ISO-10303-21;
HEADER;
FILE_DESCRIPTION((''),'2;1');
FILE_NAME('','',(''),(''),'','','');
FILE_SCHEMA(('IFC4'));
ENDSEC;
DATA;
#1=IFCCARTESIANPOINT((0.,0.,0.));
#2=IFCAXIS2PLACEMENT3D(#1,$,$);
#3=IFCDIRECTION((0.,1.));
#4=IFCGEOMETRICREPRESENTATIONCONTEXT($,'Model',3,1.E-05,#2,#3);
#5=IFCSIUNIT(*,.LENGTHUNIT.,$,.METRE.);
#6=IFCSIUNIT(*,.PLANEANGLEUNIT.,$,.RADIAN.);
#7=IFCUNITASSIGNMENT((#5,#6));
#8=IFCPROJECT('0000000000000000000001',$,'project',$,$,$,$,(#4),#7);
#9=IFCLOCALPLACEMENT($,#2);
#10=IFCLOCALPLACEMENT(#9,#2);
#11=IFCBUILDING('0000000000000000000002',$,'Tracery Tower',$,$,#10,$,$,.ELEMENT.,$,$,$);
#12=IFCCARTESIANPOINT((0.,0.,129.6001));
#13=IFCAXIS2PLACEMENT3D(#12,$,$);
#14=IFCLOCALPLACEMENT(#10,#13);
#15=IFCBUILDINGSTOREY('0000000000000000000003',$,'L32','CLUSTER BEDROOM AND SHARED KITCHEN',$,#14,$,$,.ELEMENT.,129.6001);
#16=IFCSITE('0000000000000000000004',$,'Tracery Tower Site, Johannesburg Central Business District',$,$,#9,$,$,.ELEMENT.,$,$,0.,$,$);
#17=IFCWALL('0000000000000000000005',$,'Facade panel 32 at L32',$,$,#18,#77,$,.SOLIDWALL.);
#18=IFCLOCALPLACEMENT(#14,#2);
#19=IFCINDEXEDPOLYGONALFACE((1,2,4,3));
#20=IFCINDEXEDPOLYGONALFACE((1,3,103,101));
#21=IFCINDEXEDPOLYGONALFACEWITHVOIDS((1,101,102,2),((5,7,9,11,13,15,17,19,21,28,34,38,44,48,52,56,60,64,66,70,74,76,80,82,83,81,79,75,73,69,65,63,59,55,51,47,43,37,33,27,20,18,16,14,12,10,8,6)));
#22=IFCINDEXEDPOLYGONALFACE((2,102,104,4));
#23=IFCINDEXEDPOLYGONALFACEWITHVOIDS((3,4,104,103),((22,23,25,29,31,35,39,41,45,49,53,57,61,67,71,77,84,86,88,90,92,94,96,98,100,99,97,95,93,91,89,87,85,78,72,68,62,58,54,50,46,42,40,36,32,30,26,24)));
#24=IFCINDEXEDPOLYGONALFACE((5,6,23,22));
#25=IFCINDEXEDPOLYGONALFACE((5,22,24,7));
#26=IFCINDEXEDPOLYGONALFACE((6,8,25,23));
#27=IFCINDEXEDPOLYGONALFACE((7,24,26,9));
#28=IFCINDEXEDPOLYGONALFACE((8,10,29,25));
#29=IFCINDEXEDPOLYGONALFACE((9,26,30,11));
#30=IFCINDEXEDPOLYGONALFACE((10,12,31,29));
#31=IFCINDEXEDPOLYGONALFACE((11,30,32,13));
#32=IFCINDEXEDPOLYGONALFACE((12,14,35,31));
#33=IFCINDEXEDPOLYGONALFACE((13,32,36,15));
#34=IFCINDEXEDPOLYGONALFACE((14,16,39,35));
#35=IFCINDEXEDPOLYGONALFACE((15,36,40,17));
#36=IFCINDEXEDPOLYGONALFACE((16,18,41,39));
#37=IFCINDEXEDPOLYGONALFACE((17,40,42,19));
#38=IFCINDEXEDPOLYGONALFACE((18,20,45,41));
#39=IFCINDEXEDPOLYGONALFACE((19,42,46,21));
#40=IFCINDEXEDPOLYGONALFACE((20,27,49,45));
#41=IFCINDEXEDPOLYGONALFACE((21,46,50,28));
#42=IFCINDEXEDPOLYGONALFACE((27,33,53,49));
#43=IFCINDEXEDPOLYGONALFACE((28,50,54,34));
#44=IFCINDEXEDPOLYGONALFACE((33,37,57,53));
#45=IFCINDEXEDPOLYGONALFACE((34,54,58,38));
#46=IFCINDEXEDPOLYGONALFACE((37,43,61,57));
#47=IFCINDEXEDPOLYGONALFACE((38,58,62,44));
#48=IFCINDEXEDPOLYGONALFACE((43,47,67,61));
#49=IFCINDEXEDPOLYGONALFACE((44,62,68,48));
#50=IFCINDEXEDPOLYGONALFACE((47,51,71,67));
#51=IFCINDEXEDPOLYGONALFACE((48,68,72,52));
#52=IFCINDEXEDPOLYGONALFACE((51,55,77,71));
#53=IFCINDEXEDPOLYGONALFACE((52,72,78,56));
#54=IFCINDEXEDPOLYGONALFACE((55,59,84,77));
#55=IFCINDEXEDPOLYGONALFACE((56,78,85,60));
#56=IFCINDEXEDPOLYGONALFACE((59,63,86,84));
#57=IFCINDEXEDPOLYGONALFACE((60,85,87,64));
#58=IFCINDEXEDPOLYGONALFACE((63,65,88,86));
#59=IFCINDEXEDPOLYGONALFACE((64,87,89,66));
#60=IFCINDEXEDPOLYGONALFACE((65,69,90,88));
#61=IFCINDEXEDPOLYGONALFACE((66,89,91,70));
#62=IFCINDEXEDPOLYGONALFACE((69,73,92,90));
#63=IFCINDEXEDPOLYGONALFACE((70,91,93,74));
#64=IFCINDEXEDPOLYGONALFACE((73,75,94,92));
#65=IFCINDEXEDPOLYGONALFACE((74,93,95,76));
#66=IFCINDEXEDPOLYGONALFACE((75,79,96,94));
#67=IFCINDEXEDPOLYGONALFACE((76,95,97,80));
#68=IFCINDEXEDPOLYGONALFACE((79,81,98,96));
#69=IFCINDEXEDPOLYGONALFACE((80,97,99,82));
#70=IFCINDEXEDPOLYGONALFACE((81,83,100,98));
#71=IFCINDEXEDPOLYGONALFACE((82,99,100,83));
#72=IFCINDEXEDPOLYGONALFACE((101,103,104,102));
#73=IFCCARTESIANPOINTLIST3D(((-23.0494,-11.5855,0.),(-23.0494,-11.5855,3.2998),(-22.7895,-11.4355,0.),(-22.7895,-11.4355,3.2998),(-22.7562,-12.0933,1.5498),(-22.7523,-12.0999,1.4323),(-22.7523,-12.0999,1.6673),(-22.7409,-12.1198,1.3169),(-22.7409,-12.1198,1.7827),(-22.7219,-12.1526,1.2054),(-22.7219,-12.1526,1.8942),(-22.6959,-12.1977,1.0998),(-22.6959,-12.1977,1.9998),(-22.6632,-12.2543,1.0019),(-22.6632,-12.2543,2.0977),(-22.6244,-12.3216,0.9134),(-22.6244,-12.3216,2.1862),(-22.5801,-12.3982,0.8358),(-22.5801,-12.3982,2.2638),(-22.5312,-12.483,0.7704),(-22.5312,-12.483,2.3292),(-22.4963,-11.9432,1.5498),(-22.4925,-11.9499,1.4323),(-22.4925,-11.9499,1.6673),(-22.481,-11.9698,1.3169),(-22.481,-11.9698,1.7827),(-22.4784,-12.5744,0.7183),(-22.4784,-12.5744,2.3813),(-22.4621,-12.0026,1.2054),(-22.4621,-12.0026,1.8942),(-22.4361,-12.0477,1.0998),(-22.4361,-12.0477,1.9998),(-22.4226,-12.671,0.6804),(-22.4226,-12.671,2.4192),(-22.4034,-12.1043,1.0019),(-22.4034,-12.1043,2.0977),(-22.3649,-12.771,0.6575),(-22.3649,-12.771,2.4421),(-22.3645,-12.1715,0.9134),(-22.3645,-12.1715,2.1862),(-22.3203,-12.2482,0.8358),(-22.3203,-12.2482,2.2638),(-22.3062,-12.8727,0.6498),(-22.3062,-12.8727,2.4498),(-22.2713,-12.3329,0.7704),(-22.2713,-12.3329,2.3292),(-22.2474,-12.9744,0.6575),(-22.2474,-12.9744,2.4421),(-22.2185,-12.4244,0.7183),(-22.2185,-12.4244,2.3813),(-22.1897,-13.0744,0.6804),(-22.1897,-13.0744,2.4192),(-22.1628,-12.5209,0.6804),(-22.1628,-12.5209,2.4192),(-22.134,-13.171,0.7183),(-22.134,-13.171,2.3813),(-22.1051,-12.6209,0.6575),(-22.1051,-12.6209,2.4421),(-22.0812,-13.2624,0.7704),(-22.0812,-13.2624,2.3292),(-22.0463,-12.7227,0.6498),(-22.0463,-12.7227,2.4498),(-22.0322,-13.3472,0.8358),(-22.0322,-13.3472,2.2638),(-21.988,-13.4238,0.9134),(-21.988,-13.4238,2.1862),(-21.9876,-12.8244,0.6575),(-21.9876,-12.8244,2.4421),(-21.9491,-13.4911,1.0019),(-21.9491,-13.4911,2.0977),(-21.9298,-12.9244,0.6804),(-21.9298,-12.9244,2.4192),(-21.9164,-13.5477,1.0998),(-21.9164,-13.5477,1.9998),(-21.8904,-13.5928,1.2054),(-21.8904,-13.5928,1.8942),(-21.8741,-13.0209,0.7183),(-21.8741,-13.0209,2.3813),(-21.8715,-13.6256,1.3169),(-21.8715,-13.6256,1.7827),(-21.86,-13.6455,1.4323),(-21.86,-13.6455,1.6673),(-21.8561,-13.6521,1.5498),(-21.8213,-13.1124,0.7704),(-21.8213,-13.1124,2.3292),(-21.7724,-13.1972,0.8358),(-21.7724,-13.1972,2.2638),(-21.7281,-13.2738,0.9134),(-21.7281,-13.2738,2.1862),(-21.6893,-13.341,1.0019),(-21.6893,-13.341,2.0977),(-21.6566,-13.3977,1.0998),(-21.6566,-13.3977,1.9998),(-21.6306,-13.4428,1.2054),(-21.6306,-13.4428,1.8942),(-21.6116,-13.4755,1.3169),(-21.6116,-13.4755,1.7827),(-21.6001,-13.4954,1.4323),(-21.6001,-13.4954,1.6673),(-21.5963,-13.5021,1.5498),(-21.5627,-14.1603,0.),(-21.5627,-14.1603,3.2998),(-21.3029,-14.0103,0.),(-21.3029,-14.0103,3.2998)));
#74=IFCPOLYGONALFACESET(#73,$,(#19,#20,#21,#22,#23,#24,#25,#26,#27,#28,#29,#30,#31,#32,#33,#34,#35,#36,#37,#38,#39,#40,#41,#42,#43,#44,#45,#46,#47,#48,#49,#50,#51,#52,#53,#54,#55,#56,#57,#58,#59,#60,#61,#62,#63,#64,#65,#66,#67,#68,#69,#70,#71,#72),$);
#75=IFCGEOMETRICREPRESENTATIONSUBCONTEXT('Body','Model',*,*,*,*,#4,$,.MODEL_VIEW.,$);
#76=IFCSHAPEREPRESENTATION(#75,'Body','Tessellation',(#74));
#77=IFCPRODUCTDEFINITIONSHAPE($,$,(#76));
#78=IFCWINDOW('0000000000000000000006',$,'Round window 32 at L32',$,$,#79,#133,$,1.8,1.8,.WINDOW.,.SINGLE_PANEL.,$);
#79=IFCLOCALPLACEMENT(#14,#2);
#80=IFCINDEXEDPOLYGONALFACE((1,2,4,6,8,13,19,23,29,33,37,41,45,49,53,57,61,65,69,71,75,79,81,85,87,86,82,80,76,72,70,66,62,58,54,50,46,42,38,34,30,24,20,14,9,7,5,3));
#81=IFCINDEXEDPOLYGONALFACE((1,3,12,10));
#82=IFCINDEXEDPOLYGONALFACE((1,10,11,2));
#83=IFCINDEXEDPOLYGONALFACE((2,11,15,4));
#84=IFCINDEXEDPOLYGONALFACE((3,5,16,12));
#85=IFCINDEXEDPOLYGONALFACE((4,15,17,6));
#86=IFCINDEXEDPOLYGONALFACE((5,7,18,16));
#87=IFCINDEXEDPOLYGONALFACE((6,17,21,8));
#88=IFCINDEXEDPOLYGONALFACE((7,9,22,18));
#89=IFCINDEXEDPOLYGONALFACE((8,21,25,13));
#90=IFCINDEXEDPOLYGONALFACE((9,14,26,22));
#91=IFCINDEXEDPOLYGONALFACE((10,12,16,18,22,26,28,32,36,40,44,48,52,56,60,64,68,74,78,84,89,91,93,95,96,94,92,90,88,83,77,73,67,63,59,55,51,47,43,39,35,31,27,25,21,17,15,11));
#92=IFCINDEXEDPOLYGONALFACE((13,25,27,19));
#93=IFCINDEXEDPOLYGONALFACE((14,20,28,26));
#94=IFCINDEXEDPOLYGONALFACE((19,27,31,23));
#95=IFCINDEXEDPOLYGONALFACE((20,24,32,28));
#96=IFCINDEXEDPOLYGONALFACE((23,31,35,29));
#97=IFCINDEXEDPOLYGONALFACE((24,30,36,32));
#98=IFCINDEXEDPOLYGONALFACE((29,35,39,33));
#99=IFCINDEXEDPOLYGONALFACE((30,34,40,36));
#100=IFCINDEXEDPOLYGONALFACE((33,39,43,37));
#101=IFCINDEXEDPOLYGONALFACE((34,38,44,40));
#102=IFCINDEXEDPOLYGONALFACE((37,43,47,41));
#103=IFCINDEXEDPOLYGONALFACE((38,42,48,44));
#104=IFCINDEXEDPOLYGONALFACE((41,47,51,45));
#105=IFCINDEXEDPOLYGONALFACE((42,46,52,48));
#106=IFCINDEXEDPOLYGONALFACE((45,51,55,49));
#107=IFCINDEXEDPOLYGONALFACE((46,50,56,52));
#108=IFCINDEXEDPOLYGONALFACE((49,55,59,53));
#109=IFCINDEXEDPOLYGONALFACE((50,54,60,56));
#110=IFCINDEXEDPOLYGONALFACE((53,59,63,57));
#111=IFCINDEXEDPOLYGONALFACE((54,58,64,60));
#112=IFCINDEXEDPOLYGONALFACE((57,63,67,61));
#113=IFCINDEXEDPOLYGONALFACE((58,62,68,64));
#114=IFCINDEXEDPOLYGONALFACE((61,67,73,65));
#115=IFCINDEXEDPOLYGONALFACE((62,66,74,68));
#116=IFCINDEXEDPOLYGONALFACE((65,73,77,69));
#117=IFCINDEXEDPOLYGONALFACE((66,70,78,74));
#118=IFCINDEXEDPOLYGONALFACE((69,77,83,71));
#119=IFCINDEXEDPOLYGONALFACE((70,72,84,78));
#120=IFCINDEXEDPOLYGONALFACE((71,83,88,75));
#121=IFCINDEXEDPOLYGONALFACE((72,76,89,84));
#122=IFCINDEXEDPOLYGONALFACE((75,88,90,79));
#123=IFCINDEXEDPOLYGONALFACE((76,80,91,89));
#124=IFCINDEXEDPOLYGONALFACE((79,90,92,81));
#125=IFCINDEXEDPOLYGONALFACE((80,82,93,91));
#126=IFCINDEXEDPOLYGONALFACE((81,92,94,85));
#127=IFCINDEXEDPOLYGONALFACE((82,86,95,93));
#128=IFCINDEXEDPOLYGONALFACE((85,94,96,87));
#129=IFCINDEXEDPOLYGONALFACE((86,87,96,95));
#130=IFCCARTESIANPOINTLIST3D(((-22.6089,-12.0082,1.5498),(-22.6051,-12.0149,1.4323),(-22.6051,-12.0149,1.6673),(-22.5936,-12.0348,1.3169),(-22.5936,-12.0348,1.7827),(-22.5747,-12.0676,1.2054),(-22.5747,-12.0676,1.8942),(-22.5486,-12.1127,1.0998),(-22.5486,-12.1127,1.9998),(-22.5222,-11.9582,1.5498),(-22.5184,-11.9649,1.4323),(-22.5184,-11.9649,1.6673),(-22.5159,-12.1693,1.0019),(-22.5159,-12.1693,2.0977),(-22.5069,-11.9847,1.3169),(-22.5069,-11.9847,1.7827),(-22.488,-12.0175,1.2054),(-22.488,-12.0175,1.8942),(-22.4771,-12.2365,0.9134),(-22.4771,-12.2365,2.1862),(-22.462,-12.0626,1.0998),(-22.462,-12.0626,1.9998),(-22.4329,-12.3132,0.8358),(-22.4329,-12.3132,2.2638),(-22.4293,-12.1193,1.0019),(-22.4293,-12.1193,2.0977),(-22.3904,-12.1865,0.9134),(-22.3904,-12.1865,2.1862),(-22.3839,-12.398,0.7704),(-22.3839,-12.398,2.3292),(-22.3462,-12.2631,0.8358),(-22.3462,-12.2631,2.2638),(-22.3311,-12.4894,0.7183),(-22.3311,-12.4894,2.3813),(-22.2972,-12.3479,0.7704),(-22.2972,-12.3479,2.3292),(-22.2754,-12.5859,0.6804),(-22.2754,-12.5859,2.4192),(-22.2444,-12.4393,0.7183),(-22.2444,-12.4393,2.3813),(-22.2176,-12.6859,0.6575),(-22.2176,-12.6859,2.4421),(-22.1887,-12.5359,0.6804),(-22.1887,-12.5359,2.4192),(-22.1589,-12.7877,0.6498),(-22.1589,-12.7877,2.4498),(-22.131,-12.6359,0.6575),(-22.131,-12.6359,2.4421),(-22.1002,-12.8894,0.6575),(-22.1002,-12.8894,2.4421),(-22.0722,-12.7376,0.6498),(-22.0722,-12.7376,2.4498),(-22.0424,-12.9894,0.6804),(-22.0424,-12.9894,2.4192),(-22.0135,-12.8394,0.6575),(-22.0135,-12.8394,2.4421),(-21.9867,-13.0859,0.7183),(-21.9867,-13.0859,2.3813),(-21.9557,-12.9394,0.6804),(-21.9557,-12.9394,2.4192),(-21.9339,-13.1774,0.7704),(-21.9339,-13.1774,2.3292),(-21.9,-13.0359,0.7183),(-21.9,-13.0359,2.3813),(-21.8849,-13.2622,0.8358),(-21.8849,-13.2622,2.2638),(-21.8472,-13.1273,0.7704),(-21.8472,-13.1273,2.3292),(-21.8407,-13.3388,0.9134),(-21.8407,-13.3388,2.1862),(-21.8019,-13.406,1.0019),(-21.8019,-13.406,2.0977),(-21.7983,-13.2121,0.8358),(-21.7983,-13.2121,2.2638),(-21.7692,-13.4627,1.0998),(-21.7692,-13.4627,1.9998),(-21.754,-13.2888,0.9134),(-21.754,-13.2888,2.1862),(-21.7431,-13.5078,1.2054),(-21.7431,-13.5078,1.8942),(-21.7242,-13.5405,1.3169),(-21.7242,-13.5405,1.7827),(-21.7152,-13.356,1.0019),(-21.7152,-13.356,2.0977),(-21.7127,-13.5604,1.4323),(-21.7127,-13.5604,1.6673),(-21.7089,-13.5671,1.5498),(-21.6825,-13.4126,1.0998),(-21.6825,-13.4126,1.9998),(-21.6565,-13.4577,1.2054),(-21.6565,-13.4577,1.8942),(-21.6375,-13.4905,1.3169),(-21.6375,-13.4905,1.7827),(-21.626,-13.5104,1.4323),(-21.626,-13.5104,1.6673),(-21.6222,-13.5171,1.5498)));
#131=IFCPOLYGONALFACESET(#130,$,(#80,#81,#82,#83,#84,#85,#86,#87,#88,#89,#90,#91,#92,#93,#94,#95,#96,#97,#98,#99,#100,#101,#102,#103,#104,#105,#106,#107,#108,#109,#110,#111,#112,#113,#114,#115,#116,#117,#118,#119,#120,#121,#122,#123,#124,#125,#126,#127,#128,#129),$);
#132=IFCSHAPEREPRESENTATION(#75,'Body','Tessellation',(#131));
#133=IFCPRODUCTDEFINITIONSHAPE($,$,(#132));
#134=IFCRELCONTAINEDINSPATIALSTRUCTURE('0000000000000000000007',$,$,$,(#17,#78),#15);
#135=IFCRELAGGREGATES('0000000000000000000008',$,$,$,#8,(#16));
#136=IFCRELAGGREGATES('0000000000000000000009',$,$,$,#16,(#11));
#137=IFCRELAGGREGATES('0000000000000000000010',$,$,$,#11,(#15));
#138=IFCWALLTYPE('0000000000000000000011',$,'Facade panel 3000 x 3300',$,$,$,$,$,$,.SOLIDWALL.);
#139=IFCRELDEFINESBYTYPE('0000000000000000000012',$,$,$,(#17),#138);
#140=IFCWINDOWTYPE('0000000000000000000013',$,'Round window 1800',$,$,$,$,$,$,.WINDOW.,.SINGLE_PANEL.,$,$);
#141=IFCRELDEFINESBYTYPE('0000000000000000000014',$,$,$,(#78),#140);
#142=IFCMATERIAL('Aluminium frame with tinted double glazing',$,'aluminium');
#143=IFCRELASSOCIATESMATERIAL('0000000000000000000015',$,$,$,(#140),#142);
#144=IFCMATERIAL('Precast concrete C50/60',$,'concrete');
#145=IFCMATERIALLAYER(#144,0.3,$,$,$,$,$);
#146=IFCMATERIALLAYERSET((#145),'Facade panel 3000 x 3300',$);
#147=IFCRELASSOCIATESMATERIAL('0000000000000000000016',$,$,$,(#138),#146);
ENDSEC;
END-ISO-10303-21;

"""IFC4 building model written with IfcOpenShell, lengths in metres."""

from ifc_helpers import new_model, si_unit, direction, frame, frame_2d, origin, origin_2d, place, context, subcontext, project, spatial, rectangle, circle, extrude, material, layer, layer_set, type_object, element, fill, save


model = new_model("IFC4")

# Units and contexts
model_context = context("Model", 3, precision=1e-05, world=origin(), true_north=direction((0.0, 1.0)))
body_context = subcontext(model_context, "Body", "Model", "MODEL_VIEW")
ifc_project = project(units=[si_unit("LENGTHUNIT", "METRE"), si_unit("PLANEANGLEUNIT", "RADIAN")], contexts=[model_context])

# Site, building, storey
site_placement = place(None, origin())
site = spatial("IfcSite", under=ifc_project, at=site_placement, Name="Tracery Tower Site, Johannesburg Central Business District", CompositionType="ELEMENT", RefElevation=0.0)
building_placement = place(site_placement, origin())
building = spatial("IfcBuilding", under=site, at=building_placement, Name="Tracery Tower", CompositionType="ELEMENT")
storey_placement = place(building_placement, frame((0.0, 0.0, 129.6001)))
storey = spatial("IfcBuildingStorey", under=building, at=storey_placement, Name="L32", Description="CLUSTER BEDROOM AND SHARED KITCHEN", CompositionType="ELEMENT", Elevation=129.6001)

# Wall, opening, window
ifc_material_1 = material(Name="Aluminium frame with tinted double glazing", Category="aluminium")
window_type = type_object("IfcWindowType", Name="Round window 1800", PartitioningType="SINGLE_PANEL", PredefinedType="WINDOW", material=ifc_material_1)
ifc_material_2 = material(Name="Precast concrete C50/60", Category="concrete")
ifc_layer_1 = layer(ifc_material_2, 0.3)
ifc_layer_set_1 = layer_set([ifc_layer_1], Name="Facade panel 3000 x 3300")
wall_type_1 = type_object("IfcWallType", Name="Facade panel 3000 x 3300", PredefinedType="SOLIDWALL", material=ifc_layer_set_1)
wall_1_placement = place(storey_placement, frame((-22.9194, -11.5105, 0.0), z_axis=(0.0, 0.0, 1.0), x_axis=(0.500016, -0.866016, 0.0)))
wall_1 = element("IfcWall", 1, at=wall_1_placement, inside=storey, type_object=wall_type_1, Name="Facade panel 32 at L32", PredefinedType="SOLIDWALL", context=body_context, shape_type="SweptSolid", body=[
    extrude(rectangle(XDim=2.9731, YDim=0.3, at=frame_2d((1.4866, 0.0))), origin(), (0.0, 0.0, 1.0), 3.2998),
])
opening_1_placement = place(wall_1_placement, frame((1.4863, 0.0, 1.5498)))
opening_1 = element("IfcOpeningElement", 2, at=opening_1_placement, cuts=wall_1, PredefinedType="OPENING", context=body_context, shape_type="SweptSolid", body=[
    extrude(circle(Radius=0.9, at=origin_2d()), frame((0.0, 0.1599, 0.0), z_axis=(0.0, -1.0, 0.0), x_axis=(1.0, 0.0, 0.0)), (0.0, 0.0, 1.0), 0.3201),
])
window_1_placement = place(opening_1_placement, origin())
window_1 = element("IfcWindow", 3, at=window_1_placement, inside=storey, type_object=window_type, Name="Round window 32 at L32", OverallHeight=1.8, OverallWidth=1.8, PartitioningType="SINGLE_PANEL", PredefinedType="WINDOW", context=body_context, shape_type="SweptSolid", body=[
    extrude(circle(Radius=0.9, at=origin_2d()), frame((0.0, 0.1201, 0.0), z_axis=(0.0, -1.0, 0.0), x_axis=(1.0, 0.0, 0.0)), (0.0, 0.0, 1.0), 0.1001),
])
fill(opening_1, window_1)

save(model, "model.ifc")
